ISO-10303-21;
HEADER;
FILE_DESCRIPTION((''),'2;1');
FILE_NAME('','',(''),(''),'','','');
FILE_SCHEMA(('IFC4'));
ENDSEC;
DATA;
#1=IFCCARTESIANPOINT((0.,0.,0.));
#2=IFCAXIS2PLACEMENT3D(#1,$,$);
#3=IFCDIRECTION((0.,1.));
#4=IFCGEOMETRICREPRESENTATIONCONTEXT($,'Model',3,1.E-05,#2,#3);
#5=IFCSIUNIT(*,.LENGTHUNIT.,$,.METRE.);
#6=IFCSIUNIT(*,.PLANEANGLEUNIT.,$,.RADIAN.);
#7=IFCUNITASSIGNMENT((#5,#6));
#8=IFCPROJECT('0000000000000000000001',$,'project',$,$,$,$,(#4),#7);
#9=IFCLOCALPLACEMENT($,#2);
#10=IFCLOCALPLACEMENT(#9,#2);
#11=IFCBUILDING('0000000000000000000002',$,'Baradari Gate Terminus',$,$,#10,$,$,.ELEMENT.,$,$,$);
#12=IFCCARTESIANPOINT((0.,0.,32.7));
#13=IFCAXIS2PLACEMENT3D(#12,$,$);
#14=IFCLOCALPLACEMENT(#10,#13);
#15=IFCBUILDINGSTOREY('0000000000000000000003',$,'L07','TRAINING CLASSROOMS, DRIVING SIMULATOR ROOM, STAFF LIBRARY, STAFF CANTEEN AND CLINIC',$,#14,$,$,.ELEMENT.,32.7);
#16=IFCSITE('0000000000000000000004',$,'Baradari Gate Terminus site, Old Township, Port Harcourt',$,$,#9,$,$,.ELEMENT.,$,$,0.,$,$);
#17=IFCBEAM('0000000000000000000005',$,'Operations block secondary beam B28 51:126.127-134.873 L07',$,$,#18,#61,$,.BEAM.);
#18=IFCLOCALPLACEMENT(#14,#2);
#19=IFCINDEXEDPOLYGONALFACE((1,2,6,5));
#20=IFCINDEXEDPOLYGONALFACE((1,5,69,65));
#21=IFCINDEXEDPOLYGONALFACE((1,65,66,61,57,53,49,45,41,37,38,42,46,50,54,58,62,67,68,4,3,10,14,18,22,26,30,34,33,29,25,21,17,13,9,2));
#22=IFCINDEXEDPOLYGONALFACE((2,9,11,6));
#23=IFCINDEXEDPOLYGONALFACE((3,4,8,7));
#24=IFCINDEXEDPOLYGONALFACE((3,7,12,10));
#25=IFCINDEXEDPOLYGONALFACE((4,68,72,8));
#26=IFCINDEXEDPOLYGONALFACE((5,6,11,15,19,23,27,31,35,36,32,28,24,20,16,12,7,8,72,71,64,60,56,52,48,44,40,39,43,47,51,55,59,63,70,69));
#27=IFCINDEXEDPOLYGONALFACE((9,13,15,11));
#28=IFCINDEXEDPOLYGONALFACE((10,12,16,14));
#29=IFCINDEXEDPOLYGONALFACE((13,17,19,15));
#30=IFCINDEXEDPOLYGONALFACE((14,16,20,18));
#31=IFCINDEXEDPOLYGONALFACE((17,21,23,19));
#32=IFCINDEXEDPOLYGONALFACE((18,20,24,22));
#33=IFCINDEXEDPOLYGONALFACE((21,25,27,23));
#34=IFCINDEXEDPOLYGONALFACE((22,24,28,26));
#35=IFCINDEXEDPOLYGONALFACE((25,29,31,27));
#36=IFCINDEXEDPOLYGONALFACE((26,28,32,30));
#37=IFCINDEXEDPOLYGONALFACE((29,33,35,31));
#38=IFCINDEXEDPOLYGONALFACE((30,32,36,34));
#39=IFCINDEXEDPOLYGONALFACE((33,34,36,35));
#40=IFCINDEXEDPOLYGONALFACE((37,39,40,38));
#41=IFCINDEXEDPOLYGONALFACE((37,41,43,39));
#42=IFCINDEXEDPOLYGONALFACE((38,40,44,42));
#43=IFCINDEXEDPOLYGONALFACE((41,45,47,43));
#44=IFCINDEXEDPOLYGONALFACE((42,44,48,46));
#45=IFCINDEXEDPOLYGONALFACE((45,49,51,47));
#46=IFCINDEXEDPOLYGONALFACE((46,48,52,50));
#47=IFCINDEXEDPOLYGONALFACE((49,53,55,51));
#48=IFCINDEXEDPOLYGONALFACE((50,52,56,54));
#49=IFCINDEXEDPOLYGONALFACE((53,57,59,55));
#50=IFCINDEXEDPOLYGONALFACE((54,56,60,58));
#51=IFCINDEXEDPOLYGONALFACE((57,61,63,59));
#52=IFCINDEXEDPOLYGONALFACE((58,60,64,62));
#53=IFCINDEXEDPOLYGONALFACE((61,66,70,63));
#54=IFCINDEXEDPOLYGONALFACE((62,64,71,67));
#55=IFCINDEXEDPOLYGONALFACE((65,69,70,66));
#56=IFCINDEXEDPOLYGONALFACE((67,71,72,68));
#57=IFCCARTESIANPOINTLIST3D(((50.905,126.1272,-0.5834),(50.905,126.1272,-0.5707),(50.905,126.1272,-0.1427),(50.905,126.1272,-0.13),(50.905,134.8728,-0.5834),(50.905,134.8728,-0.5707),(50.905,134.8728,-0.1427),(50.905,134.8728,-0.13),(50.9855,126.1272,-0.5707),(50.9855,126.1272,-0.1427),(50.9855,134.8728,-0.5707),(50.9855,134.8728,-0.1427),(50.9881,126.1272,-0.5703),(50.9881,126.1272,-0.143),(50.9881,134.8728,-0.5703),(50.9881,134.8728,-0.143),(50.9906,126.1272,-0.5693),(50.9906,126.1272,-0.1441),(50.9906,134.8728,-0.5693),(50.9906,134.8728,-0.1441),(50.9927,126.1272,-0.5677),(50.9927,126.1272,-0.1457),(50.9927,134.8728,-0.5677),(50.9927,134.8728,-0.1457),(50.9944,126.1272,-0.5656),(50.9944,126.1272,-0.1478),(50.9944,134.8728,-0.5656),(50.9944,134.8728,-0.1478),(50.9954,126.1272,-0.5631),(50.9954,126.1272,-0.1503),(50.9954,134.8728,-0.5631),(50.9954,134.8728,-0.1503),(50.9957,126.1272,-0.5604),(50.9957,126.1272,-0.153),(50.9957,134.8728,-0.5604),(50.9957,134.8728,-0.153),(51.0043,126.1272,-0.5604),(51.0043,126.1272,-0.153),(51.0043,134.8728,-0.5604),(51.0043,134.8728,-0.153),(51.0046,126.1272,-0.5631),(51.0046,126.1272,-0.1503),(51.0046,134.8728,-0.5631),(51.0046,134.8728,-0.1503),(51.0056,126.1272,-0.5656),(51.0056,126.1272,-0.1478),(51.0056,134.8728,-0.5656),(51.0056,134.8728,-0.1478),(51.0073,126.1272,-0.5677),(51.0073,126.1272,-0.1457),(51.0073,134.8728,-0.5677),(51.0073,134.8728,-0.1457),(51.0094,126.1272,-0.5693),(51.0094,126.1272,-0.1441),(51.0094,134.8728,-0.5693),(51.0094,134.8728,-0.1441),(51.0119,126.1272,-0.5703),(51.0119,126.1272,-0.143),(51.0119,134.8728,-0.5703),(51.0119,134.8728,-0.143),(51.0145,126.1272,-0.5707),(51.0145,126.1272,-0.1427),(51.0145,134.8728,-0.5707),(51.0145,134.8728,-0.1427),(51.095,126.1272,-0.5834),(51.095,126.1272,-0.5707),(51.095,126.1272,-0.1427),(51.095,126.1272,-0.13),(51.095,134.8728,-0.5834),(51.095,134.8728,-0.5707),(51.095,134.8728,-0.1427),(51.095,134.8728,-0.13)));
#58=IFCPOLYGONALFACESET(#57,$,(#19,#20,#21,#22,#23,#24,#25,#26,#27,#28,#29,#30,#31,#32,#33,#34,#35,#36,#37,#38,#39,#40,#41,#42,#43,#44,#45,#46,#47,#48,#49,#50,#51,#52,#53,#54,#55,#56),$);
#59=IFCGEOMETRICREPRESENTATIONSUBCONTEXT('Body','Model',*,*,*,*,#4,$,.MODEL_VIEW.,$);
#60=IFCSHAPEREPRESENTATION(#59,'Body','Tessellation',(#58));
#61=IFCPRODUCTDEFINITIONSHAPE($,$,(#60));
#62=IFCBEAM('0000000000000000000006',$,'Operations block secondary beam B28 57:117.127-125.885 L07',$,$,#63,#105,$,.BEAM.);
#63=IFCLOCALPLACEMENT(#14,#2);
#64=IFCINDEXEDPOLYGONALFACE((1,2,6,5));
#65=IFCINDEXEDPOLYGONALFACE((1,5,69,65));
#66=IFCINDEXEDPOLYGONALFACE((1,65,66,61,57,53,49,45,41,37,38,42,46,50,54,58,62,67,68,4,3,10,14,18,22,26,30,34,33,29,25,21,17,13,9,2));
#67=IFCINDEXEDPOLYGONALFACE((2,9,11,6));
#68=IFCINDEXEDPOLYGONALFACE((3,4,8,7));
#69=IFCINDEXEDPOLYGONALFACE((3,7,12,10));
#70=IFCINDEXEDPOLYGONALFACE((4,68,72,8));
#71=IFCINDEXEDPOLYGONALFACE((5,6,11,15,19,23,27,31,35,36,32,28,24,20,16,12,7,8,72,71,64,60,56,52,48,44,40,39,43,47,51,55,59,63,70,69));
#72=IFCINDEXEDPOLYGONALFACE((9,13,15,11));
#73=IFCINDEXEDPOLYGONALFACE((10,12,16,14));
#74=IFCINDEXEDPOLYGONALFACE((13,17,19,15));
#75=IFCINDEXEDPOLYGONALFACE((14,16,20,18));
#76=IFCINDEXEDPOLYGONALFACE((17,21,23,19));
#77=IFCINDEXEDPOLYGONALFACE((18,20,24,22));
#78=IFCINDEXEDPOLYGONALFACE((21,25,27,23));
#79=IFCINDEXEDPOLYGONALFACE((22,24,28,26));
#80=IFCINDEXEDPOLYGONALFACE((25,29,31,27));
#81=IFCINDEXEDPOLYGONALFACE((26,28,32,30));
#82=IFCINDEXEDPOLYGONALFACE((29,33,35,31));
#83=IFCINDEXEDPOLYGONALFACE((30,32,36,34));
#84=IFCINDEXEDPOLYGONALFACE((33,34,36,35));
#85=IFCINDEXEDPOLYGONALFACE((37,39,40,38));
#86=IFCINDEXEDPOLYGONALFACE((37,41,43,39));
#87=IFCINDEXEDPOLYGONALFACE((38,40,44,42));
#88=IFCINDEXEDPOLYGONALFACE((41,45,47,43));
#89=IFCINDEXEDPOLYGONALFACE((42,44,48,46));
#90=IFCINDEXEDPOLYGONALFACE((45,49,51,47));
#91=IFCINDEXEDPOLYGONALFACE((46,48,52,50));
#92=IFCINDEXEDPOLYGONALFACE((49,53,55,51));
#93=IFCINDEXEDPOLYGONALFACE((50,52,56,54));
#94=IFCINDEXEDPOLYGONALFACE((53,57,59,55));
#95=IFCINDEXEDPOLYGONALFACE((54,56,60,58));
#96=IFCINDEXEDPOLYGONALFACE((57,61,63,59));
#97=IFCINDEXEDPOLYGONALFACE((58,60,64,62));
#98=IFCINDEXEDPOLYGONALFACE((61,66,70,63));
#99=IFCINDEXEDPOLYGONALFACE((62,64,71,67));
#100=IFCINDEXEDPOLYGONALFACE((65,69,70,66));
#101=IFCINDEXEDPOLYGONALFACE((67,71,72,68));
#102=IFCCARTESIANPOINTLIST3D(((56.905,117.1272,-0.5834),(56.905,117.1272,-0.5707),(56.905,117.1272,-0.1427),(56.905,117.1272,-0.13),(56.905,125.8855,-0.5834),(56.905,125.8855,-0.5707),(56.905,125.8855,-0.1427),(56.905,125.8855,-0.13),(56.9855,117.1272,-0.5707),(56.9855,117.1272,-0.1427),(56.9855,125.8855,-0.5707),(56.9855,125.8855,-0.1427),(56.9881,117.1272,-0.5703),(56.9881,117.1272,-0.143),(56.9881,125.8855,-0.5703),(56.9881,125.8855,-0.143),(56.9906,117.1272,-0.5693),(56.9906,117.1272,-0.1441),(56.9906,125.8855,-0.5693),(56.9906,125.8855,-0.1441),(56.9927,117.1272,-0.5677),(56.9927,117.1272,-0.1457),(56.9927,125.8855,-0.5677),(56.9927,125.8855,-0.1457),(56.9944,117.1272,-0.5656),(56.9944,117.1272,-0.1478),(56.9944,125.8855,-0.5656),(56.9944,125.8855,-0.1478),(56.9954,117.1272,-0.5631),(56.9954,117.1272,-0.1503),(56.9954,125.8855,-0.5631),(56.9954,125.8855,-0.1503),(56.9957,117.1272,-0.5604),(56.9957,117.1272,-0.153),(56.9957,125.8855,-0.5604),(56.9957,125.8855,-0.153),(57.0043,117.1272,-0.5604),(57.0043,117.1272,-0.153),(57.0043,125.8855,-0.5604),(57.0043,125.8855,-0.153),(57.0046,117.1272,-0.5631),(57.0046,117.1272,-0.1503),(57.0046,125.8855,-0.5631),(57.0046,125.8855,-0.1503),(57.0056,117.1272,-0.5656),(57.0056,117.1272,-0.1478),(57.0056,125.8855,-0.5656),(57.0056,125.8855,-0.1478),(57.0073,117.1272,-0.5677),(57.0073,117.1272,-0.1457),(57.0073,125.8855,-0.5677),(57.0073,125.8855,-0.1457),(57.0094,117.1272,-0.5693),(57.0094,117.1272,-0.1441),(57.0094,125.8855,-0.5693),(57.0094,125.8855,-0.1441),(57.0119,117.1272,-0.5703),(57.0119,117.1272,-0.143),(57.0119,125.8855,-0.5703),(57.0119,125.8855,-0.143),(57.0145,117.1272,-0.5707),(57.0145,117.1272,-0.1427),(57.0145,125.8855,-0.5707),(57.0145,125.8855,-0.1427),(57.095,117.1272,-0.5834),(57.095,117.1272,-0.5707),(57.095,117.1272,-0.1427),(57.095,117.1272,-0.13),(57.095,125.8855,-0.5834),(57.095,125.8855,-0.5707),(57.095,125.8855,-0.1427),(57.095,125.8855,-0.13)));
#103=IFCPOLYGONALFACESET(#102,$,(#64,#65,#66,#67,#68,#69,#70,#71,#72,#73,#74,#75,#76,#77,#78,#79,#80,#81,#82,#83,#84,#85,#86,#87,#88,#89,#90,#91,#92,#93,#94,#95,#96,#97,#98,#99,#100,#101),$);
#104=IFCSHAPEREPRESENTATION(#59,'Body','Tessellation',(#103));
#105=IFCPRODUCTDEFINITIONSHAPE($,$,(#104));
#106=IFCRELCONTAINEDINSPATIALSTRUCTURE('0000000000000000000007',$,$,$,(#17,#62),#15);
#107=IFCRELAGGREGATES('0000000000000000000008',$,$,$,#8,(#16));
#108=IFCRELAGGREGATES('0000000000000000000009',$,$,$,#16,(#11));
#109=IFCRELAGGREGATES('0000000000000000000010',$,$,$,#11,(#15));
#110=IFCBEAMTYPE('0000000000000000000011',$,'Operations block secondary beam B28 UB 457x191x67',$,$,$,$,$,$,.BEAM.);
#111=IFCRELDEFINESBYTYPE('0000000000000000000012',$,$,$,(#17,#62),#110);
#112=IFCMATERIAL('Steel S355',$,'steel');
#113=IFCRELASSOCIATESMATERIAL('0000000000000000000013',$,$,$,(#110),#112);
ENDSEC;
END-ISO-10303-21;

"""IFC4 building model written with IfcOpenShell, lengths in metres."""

from ifc_helpers import new_model, si_unit, direction, frame, origin, origin_2d, place, context, subcontext, project, spatial, i_section, extrude, material, material_profile, profile_set, type_object, element, save


model = new_model("IFC4")

# Units and contexts
model_context = context("Model", 3, precision=1e-05, world=origin(), true_north=direction((0.0, 1.0)))
body_context = subcontext(model_context, "Body", "Model", "MODEL_VIEW")
ifc_project = project(units=[si_unit("LENGTHUNIT", "METRE"), si_unit("PLANEANGLEUNIT", "RADIAN")], contexts=[model_context])

# Site, building, storey
site_placement = place(None, origin())
site = spatial("IfcSite", under=ifc_project, at=site_placement, Name="Baradari Gate Terminus site, Old Township, Port Harcourt", CompositionType="ELEMENT", RefElevation=0.0)
building_placement = place(site_placement, origin())
building = spatial("IfcBuilding", under=site, at=building_placement, Name="Baradari Gate Terminus", CompositionType="ELEMENT")
storey_placement = place(building_placement, frame((0.0, 0.0, 32.7)))
storey = spatial("IfcBuildingStorey", under=building, at=storey_placement, Name="L07", Description="TRAINING CLASSROOMS, DRIVING SIMULATOR ROOM, STAFF LIBRARY, STAFF CANTEEN AND CLINIC", CompositionType="ELEMENT", Elevation=32.7)

# Beams
ifc_material_1 = material(Name="Steel S355", Category="steel")
ifc_material_profile_1 = material_profile(ifc_material_1, i_section(OverallWidth=0.1899, OverallDepth=0.4534, WebThickness=0.0085, FlangeThickness=0.0127, FilletRadius=0.0103, at=origin_2d()), Name="UB 457x191x67")
ifc_profile_set_1 = profile_set([ifc_material_profile_1], Name="Steel S355")
beam_type_1 = type_object("IfcBeamType", Name="Operations block secondary beam B28 UB 457x191x67", PredefinedType="BEAM", material=ifc_profile_set_1)
for number, where, z_axis, x_axis, name in (
    (1, (51.0, 126.1272, -0.3567), (0.0, 1.0, 0.0), (-1.0, 0.0, 0.0), "Operations block secondary beam B28 51:126.127-134.873 L07"),
):
    element("IfcBeam", number, at=place(storey_placement, frame(where, z_axis=z_axis, x_axis=x_axis)), inside=storey, type_object=beam_type_1, Name=name, PredefinedType="BEAM", context=body_context, shape_type="SweptSolid", body=[
        extrude(i_section(OverallWidth=0.1899, OverallDepth=0.4534, WebThickness=0.0085, FlangeThickness=0.0127, FilletRadius=0.0103, at=origin_2d()), origin(), (0.0, 0.0, 1.0), 8.7456),
    ])
beam_1_placement = place(storey_placement, frame((57.0, 117.1272, -0.3567), z_axis=(0.0, 1.0, 0.0), x_axis=(-1.0, 0.0, 0.0)))
element("IfcBeam", 2, at=beam_1_placement, inside=storey, type_object=beam_type_1, Name="Operations block secondary beam B28 57:117.127-125.885 L07", PredefinedType="BEAM", context=body_context, shape_type="SweptSolid", body=[
    extrude(i_section(OverallWidth=0.1899, OverallDepth=0.4534, WebThickness=0.0085, FlangeThickness=0.0127, FilletRadius=0.0103, at=origin_2d()), origin(), (0.0, 0.0, 1.0), 8.7583),
])

save(model, "model.ifc")
